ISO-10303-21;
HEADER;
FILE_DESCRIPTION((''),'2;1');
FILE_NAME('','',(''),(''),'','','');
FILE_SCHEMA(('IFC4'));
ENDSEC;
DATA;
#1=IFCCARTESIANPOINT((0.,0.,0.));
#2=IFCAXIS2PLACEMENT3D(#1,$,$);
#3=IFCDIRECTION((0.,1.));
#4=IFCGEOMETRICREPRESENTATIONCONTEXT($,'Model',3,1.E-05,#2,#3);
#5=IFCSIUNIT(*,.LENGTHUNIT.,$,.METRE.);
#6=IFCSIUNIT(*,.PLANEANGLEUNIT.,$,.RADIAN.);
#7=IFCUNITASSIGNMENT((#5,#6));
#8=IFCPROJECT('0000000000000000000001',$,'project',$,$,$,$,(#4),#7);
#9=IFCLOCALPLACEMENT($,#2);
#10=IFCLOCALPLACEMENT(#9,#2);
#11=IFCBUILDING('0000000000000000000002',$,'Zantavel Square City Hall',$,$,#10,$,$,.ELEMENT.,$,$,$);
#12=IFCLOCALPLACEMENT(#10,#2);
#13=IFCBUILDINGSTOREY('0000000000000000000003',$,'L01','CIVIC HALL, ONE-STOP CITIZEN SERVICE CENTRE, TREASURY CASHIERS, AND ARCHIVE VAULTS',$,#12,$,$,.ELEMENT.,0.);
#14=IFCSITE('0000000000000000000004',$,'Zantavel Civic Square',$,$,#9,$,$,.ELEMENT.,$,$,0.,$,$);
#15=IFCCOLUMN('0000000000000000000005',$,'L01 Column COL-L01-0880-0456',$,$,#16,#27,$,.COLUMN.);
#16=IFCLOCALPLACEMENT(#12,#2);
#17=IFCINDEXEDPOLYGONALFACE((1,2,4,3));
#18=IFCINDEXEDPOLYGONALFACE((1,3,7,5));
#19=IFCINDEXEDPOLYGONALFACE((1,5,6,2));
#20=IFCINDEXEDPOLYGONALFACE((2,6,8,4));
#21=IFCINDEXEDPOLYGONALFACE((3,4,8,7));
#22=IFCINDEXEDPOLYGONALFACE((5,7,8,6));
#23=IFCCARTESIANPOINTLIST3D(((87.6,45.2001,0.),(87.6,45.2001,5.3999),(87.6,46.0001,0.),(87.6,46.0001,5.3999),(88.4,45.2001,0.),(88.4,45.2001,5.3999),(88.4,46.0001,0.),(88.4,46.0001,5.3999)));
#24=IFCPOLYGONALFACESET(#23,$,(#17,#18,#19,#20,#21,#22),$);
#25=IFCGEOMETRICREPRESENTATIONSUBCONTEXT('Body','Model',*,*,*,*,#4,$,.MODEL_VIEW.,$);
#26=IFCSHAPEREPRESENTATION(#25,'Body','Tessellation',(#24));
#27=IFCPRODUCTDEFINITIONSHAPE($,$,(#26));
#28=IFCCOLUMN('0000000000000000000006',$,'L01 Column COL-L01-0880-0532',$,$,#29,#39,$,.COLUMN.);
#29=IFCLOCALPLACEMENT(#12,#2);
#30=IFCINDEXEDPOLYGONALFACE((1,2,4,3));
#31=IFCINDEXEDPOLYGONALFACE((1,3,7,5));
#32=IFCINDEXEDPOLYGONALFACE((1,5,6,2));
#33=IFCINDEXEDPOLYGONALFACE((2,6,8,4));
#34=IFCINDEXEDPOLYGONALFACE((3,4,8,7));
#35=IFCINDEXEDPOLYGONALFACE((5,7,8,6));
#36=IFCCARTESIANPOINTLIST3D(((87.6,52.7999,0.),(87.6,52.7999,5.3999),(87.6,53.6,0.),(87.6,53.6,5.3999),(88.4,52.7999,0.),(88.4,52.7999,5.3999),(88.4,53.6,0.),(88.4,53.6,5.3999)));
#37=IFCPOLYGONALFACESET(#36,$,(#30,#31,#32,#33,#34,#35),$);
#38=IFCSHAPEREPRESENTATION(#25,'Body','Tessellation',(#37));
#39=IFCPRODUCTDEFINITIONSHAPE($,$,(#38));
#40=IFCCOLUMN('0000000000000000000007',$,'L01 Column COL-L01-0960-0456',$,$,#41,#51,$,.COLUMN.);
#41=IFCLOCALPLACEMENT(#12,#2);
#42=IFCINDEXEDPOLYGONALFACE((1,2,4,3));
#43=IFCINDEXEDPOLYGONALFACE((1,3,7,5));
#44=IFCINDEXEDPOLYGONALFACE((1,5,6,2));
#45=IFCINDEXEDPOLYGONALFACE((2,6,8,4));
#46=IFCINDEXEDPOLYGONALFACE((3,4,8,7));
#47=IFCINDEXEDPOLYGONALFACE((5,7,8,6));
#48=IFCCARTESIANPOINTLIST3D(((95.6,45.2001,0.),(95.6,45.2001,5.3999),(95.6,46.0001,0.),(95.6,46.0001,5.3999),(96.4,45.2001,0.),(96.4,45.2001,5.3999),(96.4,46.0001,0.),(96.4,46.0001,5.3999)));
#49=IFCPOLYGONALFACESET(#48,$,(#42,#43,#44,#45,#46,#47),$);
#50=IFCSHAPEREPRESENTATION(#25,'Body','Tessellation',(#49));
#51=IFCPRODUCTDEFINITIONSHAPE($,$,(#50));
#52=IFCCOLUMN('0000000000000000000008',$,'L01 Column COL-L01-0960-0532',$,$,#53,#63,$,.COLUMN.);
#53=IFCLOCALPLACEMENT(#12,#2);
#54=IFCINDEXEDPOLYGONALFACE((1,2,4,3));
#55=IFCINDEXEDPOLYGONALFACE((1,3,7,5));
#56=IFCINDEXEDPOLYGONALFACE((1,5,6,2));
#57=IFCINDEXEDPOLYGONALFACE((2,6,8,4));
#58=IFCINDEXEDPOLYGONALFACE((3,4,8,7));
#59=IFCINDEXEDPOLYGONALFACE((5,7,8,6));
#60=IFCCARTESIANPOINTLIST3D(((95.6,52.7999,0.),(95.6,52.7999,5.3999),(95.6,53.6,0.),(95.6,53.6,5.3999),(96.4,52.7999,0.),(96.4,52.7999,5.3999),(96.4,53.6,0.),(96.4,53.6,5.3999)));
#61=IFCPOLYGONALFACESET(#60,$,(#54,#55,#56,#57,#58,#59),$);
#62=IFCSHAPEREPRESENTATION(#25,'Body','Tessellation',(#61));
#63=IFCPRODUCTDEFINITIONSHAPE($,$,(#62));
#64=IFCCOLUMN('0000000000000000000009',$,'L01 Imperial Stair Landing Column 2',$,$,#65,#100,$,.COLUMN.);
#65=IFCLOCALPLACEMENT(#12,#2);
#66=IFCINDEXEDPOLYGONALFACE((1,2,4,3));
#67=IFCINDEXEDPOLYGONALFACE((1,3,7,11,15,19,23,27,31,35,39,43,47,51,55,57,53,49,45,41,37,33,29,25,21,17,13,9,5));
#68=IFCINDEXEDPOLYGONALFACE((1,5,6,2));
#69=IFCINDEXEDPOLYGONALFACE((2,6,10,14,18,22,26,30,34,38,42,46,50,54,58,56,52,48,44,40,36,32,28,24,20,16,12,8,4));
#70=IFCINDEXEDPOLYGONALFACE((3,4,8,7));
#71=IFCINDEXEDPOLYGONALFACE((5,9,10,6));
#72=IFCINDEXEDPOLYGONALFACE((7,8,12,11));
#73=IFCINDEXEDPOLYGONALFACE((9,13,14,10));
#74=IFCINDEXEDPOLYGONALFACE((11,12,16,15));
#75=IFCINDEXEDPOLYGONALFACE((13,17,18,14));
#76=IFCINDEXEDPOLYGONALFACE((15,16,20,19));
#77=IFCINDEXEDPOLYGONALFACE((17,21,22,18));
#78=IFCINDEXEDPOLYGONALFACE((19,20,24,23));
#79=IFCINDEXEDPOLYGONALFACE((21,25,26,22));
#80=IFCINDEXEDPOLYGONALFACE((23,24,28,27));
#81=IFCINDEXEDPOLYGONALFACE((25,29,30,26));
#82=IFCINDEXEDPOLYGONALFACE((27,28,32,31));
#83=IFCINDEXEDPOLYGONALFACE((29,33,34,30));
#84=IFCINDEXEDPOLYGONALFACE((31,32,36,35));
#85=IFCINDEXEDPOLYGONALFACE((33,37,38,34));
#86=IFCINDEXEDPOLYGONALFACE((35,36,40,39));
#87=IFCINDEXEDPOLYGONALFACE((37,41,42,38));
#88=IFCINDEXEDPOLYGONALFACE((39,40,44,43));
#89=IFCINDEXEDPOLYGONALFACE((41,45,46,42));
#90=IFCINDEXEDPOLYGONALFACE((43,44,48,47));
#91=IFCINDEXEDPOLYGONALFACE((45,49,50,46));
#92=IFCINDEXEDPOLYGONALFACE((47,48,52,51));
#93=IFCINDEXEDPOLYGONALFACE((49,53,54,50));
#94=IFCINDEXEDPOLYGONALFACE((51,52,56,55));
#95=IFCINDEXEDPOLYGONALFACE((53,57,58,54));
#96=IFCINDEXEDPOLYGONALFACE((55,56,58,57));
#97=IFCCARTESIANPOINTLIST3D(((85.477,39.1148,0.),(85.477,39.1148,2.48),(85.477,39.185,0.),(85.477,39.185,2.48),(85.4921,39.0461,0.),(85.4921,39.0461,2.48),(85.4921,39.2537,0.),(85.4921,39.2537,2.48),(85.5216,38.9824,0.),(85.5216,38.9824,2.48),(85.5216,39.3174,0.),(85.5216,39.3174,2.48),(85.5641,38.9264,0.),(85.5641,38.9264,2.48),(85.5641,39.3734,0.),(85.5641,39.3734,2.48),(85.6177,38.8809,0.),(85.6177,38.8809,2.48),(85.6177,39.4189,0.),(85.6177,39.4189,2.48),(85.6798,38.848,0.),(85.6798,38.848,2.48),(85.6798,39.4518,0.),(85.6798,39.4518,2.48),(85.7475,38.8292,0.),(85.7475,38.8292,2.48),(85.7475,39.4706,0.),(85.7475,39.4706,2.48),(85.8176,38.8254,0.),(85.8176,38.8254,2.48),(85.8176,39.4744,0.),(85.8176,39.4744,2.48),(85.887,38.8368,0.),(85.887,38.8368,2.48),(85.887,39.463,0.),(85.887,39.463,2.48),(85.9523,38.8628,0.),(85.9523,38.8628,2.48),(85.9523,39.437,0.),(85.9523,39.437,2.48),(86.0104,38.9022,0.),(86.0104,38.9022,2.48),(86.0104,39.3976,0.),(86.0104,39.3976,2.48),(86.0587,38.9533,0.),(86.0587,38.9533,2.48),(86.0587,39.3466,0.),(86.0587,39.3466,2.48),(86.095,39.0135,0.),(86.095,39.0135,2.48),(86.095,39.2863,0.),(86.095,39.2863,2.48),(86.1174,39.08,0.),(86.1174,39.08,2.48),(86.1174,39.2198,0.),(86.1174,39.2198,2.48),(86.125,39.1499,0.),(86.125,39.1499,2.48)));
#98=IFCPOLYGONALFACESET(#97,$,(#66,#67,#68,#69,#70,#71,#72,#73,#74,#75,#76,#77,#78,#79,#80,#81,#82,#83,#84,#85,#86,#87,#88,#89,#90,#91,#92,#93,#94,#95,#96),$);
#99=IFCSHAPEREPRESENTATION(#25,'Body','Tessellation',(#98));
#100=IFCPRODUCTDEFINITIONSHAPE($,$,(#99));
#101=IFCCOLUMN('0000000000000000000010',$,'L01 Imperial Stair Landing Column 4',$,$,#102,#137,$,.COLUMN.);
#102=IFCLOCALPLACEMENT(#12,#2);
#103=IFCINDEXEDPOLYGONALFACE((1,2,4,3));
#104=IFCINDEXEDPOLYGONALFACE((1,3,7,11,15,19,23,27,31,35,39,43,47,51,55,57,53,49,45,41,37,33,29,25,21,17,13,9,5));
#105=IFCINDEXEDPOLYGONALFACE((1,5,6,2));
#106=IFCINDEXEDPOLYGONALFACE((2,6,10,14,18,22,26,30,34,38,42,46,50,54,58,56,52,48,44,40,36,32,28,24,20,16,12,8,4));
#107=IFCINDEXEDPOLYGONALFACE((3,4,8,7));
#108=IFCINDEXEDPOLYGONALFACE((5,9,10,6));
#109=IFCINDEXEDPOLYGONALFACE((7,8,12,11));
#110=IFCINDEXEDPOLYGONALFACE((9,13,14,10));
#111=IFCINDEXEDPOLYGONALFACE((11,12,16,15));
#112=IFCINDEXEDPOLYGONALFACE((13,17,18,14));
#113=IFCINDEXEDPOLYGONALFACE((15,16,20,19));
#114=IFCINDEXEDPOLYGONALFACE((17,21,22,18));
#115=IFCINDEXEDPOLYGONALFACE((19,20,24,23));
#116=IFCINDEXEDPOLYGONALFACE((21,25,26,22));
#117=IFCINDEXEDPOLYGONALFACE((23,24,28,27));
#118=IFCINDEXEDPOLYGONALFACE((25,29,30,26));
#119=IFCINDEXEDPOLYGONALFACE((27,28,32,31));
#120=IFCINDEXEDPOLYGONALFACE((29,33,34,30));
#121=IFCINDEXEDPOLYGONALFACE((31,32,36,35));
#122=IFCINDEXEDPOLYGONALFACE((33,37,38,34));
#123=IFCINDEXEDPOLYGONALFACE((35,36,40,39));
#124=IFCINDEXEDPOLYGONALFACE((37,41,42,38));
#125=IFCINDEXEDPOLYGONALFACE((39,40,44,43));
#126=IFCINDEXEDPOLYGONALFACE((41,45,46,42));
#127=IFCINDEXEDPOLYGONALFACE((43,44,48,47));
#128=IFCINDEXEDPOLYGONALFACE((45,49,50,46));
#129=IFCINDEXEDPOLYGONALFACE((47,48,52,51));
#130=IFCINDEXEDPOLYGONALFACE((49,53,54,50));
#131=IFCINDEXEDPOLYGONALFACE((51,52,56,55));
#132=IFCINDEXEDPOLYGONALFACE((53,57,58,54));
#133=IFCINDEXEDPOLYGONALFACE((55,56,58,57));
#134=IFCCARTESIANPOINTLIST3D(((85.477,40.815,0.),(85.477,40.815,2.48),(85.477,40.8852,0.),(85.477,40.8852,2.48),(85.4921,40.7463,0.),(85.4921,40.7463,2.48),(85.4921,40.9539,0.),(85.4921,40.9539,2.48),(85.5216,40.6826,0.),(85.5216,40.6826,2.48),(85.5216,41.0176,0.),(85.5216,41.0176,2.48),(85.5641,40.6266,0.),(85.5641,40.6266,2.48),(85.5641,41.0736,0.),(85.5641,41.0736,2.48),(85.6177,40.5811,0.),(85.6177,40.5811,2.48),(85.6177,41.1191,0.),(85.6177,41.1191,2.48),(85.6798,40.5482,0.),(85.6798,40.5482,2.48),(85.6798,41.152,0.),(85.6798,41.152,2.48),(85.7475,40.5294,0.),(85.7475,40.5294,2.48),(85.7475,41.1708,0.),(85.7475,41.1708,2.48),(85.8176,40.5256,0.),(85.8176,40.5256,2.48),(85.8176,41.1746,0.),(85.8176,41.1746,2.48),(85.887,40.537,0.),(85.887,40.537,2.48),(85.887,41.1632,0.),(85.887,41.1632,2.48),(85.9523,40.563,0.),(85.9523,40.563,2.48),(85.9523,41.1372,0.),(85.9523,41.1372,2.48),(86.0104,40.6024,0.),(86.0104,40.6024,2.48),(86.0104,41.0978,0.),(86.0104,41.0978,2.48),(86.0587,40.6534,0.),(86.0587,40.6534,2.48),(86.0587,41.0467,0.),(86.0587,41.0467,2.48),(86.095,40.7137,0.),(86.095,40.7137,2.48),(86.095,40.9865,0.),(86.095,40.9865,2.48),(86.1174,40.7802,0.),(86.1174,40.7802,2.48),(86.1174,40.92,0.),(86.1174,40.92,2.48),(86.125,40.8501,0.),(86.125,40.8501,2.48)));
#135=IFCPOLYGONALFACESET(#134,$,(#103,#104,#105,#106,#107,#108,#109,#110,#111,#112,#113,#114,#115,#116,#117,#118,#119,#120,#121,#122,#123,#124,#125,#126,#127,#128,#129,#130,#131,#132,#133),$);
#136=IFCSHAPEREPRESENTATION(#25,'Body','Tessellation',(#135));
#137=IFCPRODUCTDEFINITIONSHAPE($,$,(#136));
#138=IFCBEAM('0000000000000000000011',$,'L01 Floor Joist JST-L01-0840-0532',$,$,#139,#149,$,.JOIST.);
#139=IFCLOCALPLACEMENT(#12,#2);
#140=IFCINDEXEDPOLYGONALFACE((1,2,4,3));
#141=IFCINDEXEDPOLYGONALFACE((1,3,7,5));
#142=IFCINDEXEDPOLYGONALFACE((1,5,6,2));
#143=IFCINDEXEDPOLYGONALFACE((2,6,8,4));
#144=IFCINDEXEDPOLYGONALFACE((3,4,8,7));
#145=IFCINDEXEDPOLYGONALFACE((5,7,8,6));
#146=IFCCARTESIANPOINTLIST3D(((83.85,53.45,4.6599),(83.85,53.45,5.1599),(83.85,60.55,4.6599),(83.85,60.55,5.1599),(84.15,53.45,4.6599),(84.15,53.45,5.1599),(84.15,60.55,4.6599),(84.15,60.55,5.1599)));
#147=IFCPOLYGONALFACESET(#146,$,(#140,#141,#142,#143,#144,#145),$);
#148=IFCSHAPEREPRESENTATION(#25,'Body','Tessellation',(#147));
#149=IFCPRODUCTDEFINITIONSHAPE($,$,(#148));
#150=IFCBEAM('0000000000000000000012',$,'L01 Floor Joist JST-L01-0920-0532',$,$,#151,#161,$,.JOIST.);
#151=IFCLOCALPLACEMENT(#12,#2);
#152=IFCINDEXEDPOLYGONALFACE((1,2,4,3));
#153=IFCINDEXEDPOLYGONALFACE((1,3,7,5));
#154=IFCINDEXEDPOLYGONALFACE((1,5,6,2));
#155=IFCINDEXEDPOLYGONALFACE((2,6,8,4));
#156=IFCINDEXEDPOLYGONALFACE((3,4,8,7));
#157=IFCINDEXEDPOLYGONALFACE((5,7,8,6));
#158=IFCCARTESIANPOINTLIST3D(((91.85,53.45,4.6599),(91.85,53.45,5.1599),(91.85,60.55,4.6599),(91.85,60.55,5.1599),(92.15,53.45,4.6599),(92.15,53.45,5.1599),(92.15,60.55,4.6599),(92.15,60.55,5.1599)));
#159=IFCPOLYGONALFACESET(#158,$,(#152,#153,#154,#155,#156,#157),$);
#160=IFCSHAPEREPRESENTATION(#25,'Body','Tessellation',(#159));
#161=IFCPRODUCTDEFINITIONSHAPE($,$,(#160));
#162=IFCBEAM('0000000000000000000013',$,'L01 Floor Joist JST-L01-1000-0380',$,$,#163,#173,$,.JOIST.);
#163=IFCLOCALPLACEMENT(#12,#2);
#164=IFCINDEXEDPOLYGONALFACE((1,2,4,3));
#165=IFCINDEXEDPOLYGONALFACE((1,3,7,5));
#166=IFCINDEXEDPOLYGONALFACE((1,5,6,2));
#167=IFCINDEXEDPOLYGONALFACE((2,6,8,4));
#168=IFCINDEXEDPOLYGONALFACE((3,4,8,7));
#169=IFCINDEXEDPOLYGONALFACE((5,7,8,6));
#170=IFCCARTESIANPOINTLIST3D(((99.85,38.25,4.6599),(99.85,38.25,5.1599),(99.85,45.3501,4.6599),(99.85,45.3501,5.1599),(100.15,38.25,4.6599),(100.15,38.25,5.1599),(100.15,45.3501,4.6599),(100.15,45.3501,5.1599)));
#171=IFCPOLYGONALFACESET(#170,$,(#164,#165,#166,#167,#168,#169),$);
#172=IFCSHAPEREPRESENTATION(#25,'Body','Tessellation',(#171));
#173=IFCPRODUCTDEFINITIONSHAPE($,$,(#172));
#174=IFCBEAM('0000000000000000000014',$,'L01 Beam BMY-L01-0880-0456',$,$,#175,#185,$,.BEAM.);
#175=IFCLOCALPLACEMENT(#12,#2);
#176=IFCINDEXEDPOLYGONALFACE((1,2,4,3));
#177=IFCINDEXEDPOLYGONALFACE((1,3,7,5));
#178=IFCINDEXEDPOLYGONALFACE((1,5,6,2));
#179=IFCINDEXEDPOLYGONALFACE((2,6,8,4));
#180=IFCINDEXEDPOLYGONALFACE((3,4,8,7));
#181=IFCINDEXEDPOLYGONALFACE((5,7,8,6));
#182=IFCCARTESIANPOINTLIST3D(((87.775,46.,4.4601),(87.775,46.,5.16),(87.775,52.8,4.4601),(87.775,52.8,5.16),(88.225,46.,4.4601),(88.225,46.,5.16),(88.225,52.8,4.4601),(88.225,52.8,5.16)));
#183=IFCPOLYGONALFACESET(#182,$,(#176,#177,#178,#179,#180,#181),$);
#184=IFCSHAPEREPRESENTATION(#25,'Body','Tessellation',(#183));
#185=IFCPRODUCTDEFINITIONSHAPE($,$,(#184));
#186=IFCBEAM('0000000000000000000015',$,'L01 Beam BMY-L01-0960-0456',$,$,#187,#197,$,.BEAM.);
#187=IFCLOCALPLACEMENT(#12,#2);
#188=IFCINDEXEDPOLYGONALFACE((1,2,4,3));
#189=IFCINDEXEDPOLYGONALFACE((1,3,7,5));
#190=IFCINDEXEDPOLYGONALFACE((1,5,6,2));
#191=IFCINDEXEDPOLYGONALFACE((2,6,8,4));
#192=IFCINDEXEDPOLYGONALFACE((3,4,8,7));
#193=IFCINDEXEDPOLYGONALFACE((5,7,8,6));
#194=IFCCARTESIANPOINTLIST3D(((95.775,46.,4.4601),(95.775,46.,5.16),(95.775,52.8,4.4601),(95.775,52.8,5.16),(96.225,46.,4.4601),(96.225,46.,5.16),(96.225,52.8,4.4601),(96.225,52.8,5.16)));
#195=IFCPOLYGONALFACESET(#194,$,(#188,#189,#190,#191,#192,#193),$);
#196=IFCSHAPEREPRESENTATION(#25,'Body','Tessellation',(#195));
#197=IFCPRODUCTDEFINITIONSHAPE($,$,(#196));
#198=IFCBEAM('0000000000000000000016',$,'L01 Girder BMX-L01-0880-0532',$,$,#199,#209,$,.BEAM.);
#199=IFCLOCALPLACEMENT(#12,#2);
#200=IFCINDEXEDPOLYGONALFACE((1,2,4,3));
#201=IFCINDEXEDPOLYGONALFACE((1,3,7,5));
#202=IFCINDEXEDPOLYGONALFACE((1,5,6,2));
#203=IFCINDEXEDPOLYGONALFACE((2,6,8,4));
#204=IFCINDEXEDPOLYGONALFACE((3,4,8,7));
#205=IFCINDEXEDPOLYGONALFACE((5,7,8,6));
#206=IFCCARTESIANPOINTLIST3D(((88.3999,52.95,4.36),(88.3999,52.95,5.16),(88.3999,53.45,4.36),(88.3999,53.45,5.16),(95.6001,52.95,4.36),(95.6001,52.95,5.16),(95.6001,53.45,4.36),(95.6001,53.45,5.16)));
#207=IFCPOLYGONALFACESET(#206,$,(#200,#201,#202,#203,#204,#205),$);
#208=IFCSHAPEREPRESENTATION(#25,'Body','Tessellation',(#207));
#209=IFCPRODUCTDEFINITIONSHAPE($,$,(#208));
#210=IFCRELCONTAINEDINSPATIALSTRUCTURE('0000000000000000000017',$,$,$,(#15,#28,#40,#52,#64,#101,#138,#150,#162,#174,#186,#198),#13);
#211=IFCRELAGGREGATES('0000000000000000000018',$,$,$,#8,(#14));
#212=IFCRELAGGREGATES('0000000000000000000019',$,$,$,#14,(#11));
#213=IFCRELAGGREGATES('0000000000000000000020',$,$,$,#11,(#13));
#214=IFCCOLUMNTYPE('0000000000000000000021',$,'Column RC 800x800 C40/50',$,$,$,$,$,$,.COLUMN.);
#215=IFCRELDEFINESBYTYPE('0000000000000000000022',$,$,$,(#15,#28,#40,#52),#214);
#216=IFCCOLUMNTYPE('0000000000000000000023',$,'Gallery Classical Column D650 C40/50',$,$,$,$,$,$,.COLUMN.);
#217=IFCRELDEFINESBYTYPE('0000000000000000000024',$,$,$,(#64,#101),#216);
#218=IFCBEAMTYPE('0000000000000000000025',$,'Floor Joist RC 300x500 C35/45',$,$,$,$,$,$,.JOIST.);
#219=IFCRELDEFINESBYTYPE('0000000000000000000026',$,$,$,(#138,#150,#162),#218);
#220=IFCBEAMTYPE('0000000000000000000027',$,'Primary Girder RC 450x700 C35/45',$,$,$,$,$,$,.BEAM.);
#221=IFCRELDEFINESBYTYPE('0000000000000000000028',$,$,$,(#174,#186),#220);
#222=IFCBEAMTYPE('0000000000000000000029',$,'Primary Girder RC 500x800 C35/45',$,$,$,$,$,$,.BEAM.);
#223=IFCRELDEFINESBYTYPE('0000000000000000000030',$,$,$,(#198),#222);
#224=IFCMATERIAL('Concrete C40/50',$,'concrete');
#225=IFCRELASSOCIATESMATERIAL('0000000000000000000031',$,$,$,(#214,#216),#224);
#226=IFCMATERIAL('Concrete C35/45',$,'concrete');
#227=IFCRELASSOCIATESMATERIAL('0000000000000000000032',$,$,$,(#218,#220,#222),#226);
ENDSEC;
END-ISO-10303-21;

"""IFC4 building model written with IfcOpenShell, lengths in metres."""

from ifc_helpers import new_model, si_unit, direction, frame, origin, origin_2d, place, context, subcontext, project, spatial, rectangle, circle, extrude, material, material_profile, profile_set, type_object, element, save


model = new_model("IFC4")

# Units and contexts
model_context = context("Model", 3, precision=1e-05, world=origin(), true_north=direction((0.0, 1.0)))
body_context = subcontext(model_context, "Body", "Model", "MODEL_VIEW")
ifc_project = project(units=[si_unit("LENGTHUNIT", "METRE"), si_unit("PLANEANGLEUNIT", "RADIAN")], contexts=[model_context])

# Site, building, storey
site_placement = place(None, origin())
site = spatial("IfcSite", under=ifc_project, at=site_placement, Name="Zantavel Civic Square", CompositionType="ELEMENT", RefElevation=0.0)
building_placement = place(site_placement, origin())
building = spatial("IfcBuilding", under=site, at=building_placement, Name="Zantavel Square City Hall", CompositionType="ELEMENT")
storey_placement = place(building_placement, origin())
storey = spatial("IfcBuildingStorey", under=building, at=storey_placement, Name="L01", Description="CIVIC HALL, ONE-STOP CITIZEN SERVICE CENTRE, TREASURY CASHIERS, AND ARCHIVE VAULTS", CompositionType="ELEMENT", Elevation=0.0)

# Columns
ifc_material_1 = material(Name="Concrete C40/50", Category="concrete")
ifc_material_profile_1 = material_profile(ifc_material_1, rectangle(XDim=0.8, YDim=0.8, at=origin_2d()), Name="RC 800x800")
ifc_profile_set_1 = profile_set([ifc_material_profile_1], Name="Concrete C40/50")
column_type_1 = type_object("IfcColumnType", Name="Column RC 800x800 C40/50", PredefinedType="COLUMN", material=ifc_profile_set_1)
for number, where, z_axis, x_axis, name in (
    (1, (88.0, 45.6001, 0.0), (0.0, 0.0, 1.0), (1.0, 0.0, 0.0), "L01 Column COL-L01-0880-0456"),
    (2, (88.0, 53.2, 0.0), (0.0, 0.0, 1.0), (1.0, 0.0, 0.0), "L01 Column COL-L01-0880-0532"),
    (3, (96.0, 45.6001, 0.0), (0.0, 0.0, 1.0), (1.0, 0.0, 0.0), "L01 Column COL-L01-0960-0456"),
    (4, (96.0, 53.2, 0.0), (0.0, 0.0, 1.0), (1.0, 0.0, 0.0), "L01 Column COL-L01-0960-0532"),
):
    element("IfcColumn", number, at=place(storey_placement, frame(where, z_axis=z_axis, x_axis=x_axis)), inside=storey, type_object=column_type_1, Name=name, PredefinedType="COLUMN", context=body_context, shape_type="SweptSolid", body=[
        extrude(rectangle(XDim=0.8, YDim=0.8, at=origin_2d()), origin(), (0.0, 0.0, 1.0), 5.3999),
    ])
ifc_material_profile_2 = material_profile(ifc_material_1, circle(Radius=0.325, at=origin_2d()), Name="ROUND D650")
ifc_profile_set_2 = profile_set([ifc_material_profile_2], Name="Concrete C40/50")
column_type_2 = type_object("IfcColumnType", Name="Gallery Classical Column D650 C40/50", PredefinedType="COLUMN", material=ifc_profile_set_2)
for number, where, z_axis, x_axis, name in (
    (5, (85.8, 39.1499, 0.0), (0.0, 0.0, 1.0), (1.0, 0.0, 0.0), "L01 Imperial Stair Landing Column 2"),
    (6, (85.8, 40.8501, 0.0), (0.0, 0.0, 1.0), (1.0, 0.0, 0.0), "L01 Imperial Stair Landing Column 4"),
):
    element("IfcColumn", number, at=place(storey_placement, frame(where, z_axis=z_axis, x_axis=x_axis)), inside=storey, type_object=column_type_2, Name=name, PredefinedType="COLUMN", context=body_context, shape_type="SweptSolid", body=[
        extrude(circle(Radius=0.325, at=origin_2d()), origin(), (0.0, 0.0, 1.0), 2.48),
    ])

# Beams
ifc_material_2 = material(Name="Concrete C35/45", Category="concrete")
ifc_material_profile_3 = material_profile(ifc_material_2, rectangle(XDim=0.3, YDim=0.5, at=origin_2d()), Name="RC 300x500")
ifc_profile_set_3 = profile_set([ifc_material_profile_3], Name="Concrete C35/45")
beam_type_1 = type_object("IfcBeamType", Name="Floor Joist RC 300x500 C35/45", PredefinedType="JOIST", material=ifc_profile_set_3)
for number, where, z_axis, x_axis, name in (
    (7, (84.0, 53.45, 4.9099), (0.0, 1.0, 0.0), (-1.0, 0.0, 0.0), "L01 Floor Joist JST-L01-0840-0532"),
    (8, (92.0, 53.45, 4.9099), (0.0, 1.0, 0.0), (-1.0, 0.0, 0.0), "L01 Floor Joist JST-L01-0920-0532"),
    (9, (100.0, 38.25, 4.9099), (0.0, 1.0, 0.0), (-1.0, 0.0, 0.0), "L01 Floor Joist JST-L01-1000-0380"),
):
    element("IfcBeam", number, at=place(storey_placement, frame(where, z_axis=z_axis, x_axis=x_axis)), inside=storey, type_object=beam_type_1, Name=name, PredefinedType="JOIST", context=body_context, shape_type="SweptSolid", body=[
        extrude(rectangle(XDim=0.3, YDim=0.5, at=origin_2d()), origin(), (0.0, 0.0, 1.0), 7.1001),
    ])
ifc_material_profile_4 = material_profile(ifc_material_2, rectangle(XDim=0.45, YDim=0.7, at=origin_2d()), Name="RC 450x700")
ifc_profile_set_4 = profile_set([ifc_material_profile_4], Name="Concrete C35/45")
beam_type_2 = type_object("IfcBeamType", Name="Primary Girder RC 450x700 C35/45", PredefinedType="BEAM", material=ifc_profile_set_4)
for number, where, z_axis, x_axis, name in (
    (10, (88.0, 46.0, 4.8101), (0.0, 1.0, 0.0), (-1.0, 0.0, 0.0), "L01 Beam BMY-L01-0880-0456"),
    (11, (96.0, 46.0, 4.8101), (0.0, 1.0, 0.0), (-1.0, 0.0, 0.0), "L01 Beam BMY-L01-0960-0456"),
):
    element("IfcBeam", number, at=place(storey_placement, frame(where, z_axis=z_axis, x_axis=x_axis)), inside=storey, type_object=beam_type_2, Name=name, PredefinedType="BEAM", context=body_context, shape_type="SweptSolid", body=[
        extrude(rectangle(XDim=0.45, YDim=0.7, at=origin_2d()), origin(), (0.0, 0.0, 1.0), 6.8),
    ])
ifc_material_profile_5 = material_profile(ifc_material_2, rectangle(XDim=0.5, YDim=0.8, at=origin_2d()), Name="RC 500x800")
ifc_profile_set_5 = profile_set([ifc_material_profile_5], Name="Concrete C35/45")
beam_type_3 = type_object("IfcBeamType", Name="Primary Girder RC 500x800 C35/45", PredefinedType="BEAM", material=ifc_profile_set_5)
beam_placement = place(storey_placement, frame((88.3999, 53.2, 4.76), z_axis=(1.0, 0.0, 0.0), x_axis=(0.0, 1.0, 0.0)))
element("IfcBeam", 12, at=beam_placement, inside=storey, type_object=beam_type_3, Name="L01 Girder BMX-L01-0880-0532", PredefinedType="BEAM", context=body_context, shape_type="SweptSolid", body=[
    extrude(rectangle(XDim=0.5, YDim=0.8, at=origin_2d()), origin(), (0.0, 0.0, 1.0), 7.2002),
])

save(model, "model.ifc")
